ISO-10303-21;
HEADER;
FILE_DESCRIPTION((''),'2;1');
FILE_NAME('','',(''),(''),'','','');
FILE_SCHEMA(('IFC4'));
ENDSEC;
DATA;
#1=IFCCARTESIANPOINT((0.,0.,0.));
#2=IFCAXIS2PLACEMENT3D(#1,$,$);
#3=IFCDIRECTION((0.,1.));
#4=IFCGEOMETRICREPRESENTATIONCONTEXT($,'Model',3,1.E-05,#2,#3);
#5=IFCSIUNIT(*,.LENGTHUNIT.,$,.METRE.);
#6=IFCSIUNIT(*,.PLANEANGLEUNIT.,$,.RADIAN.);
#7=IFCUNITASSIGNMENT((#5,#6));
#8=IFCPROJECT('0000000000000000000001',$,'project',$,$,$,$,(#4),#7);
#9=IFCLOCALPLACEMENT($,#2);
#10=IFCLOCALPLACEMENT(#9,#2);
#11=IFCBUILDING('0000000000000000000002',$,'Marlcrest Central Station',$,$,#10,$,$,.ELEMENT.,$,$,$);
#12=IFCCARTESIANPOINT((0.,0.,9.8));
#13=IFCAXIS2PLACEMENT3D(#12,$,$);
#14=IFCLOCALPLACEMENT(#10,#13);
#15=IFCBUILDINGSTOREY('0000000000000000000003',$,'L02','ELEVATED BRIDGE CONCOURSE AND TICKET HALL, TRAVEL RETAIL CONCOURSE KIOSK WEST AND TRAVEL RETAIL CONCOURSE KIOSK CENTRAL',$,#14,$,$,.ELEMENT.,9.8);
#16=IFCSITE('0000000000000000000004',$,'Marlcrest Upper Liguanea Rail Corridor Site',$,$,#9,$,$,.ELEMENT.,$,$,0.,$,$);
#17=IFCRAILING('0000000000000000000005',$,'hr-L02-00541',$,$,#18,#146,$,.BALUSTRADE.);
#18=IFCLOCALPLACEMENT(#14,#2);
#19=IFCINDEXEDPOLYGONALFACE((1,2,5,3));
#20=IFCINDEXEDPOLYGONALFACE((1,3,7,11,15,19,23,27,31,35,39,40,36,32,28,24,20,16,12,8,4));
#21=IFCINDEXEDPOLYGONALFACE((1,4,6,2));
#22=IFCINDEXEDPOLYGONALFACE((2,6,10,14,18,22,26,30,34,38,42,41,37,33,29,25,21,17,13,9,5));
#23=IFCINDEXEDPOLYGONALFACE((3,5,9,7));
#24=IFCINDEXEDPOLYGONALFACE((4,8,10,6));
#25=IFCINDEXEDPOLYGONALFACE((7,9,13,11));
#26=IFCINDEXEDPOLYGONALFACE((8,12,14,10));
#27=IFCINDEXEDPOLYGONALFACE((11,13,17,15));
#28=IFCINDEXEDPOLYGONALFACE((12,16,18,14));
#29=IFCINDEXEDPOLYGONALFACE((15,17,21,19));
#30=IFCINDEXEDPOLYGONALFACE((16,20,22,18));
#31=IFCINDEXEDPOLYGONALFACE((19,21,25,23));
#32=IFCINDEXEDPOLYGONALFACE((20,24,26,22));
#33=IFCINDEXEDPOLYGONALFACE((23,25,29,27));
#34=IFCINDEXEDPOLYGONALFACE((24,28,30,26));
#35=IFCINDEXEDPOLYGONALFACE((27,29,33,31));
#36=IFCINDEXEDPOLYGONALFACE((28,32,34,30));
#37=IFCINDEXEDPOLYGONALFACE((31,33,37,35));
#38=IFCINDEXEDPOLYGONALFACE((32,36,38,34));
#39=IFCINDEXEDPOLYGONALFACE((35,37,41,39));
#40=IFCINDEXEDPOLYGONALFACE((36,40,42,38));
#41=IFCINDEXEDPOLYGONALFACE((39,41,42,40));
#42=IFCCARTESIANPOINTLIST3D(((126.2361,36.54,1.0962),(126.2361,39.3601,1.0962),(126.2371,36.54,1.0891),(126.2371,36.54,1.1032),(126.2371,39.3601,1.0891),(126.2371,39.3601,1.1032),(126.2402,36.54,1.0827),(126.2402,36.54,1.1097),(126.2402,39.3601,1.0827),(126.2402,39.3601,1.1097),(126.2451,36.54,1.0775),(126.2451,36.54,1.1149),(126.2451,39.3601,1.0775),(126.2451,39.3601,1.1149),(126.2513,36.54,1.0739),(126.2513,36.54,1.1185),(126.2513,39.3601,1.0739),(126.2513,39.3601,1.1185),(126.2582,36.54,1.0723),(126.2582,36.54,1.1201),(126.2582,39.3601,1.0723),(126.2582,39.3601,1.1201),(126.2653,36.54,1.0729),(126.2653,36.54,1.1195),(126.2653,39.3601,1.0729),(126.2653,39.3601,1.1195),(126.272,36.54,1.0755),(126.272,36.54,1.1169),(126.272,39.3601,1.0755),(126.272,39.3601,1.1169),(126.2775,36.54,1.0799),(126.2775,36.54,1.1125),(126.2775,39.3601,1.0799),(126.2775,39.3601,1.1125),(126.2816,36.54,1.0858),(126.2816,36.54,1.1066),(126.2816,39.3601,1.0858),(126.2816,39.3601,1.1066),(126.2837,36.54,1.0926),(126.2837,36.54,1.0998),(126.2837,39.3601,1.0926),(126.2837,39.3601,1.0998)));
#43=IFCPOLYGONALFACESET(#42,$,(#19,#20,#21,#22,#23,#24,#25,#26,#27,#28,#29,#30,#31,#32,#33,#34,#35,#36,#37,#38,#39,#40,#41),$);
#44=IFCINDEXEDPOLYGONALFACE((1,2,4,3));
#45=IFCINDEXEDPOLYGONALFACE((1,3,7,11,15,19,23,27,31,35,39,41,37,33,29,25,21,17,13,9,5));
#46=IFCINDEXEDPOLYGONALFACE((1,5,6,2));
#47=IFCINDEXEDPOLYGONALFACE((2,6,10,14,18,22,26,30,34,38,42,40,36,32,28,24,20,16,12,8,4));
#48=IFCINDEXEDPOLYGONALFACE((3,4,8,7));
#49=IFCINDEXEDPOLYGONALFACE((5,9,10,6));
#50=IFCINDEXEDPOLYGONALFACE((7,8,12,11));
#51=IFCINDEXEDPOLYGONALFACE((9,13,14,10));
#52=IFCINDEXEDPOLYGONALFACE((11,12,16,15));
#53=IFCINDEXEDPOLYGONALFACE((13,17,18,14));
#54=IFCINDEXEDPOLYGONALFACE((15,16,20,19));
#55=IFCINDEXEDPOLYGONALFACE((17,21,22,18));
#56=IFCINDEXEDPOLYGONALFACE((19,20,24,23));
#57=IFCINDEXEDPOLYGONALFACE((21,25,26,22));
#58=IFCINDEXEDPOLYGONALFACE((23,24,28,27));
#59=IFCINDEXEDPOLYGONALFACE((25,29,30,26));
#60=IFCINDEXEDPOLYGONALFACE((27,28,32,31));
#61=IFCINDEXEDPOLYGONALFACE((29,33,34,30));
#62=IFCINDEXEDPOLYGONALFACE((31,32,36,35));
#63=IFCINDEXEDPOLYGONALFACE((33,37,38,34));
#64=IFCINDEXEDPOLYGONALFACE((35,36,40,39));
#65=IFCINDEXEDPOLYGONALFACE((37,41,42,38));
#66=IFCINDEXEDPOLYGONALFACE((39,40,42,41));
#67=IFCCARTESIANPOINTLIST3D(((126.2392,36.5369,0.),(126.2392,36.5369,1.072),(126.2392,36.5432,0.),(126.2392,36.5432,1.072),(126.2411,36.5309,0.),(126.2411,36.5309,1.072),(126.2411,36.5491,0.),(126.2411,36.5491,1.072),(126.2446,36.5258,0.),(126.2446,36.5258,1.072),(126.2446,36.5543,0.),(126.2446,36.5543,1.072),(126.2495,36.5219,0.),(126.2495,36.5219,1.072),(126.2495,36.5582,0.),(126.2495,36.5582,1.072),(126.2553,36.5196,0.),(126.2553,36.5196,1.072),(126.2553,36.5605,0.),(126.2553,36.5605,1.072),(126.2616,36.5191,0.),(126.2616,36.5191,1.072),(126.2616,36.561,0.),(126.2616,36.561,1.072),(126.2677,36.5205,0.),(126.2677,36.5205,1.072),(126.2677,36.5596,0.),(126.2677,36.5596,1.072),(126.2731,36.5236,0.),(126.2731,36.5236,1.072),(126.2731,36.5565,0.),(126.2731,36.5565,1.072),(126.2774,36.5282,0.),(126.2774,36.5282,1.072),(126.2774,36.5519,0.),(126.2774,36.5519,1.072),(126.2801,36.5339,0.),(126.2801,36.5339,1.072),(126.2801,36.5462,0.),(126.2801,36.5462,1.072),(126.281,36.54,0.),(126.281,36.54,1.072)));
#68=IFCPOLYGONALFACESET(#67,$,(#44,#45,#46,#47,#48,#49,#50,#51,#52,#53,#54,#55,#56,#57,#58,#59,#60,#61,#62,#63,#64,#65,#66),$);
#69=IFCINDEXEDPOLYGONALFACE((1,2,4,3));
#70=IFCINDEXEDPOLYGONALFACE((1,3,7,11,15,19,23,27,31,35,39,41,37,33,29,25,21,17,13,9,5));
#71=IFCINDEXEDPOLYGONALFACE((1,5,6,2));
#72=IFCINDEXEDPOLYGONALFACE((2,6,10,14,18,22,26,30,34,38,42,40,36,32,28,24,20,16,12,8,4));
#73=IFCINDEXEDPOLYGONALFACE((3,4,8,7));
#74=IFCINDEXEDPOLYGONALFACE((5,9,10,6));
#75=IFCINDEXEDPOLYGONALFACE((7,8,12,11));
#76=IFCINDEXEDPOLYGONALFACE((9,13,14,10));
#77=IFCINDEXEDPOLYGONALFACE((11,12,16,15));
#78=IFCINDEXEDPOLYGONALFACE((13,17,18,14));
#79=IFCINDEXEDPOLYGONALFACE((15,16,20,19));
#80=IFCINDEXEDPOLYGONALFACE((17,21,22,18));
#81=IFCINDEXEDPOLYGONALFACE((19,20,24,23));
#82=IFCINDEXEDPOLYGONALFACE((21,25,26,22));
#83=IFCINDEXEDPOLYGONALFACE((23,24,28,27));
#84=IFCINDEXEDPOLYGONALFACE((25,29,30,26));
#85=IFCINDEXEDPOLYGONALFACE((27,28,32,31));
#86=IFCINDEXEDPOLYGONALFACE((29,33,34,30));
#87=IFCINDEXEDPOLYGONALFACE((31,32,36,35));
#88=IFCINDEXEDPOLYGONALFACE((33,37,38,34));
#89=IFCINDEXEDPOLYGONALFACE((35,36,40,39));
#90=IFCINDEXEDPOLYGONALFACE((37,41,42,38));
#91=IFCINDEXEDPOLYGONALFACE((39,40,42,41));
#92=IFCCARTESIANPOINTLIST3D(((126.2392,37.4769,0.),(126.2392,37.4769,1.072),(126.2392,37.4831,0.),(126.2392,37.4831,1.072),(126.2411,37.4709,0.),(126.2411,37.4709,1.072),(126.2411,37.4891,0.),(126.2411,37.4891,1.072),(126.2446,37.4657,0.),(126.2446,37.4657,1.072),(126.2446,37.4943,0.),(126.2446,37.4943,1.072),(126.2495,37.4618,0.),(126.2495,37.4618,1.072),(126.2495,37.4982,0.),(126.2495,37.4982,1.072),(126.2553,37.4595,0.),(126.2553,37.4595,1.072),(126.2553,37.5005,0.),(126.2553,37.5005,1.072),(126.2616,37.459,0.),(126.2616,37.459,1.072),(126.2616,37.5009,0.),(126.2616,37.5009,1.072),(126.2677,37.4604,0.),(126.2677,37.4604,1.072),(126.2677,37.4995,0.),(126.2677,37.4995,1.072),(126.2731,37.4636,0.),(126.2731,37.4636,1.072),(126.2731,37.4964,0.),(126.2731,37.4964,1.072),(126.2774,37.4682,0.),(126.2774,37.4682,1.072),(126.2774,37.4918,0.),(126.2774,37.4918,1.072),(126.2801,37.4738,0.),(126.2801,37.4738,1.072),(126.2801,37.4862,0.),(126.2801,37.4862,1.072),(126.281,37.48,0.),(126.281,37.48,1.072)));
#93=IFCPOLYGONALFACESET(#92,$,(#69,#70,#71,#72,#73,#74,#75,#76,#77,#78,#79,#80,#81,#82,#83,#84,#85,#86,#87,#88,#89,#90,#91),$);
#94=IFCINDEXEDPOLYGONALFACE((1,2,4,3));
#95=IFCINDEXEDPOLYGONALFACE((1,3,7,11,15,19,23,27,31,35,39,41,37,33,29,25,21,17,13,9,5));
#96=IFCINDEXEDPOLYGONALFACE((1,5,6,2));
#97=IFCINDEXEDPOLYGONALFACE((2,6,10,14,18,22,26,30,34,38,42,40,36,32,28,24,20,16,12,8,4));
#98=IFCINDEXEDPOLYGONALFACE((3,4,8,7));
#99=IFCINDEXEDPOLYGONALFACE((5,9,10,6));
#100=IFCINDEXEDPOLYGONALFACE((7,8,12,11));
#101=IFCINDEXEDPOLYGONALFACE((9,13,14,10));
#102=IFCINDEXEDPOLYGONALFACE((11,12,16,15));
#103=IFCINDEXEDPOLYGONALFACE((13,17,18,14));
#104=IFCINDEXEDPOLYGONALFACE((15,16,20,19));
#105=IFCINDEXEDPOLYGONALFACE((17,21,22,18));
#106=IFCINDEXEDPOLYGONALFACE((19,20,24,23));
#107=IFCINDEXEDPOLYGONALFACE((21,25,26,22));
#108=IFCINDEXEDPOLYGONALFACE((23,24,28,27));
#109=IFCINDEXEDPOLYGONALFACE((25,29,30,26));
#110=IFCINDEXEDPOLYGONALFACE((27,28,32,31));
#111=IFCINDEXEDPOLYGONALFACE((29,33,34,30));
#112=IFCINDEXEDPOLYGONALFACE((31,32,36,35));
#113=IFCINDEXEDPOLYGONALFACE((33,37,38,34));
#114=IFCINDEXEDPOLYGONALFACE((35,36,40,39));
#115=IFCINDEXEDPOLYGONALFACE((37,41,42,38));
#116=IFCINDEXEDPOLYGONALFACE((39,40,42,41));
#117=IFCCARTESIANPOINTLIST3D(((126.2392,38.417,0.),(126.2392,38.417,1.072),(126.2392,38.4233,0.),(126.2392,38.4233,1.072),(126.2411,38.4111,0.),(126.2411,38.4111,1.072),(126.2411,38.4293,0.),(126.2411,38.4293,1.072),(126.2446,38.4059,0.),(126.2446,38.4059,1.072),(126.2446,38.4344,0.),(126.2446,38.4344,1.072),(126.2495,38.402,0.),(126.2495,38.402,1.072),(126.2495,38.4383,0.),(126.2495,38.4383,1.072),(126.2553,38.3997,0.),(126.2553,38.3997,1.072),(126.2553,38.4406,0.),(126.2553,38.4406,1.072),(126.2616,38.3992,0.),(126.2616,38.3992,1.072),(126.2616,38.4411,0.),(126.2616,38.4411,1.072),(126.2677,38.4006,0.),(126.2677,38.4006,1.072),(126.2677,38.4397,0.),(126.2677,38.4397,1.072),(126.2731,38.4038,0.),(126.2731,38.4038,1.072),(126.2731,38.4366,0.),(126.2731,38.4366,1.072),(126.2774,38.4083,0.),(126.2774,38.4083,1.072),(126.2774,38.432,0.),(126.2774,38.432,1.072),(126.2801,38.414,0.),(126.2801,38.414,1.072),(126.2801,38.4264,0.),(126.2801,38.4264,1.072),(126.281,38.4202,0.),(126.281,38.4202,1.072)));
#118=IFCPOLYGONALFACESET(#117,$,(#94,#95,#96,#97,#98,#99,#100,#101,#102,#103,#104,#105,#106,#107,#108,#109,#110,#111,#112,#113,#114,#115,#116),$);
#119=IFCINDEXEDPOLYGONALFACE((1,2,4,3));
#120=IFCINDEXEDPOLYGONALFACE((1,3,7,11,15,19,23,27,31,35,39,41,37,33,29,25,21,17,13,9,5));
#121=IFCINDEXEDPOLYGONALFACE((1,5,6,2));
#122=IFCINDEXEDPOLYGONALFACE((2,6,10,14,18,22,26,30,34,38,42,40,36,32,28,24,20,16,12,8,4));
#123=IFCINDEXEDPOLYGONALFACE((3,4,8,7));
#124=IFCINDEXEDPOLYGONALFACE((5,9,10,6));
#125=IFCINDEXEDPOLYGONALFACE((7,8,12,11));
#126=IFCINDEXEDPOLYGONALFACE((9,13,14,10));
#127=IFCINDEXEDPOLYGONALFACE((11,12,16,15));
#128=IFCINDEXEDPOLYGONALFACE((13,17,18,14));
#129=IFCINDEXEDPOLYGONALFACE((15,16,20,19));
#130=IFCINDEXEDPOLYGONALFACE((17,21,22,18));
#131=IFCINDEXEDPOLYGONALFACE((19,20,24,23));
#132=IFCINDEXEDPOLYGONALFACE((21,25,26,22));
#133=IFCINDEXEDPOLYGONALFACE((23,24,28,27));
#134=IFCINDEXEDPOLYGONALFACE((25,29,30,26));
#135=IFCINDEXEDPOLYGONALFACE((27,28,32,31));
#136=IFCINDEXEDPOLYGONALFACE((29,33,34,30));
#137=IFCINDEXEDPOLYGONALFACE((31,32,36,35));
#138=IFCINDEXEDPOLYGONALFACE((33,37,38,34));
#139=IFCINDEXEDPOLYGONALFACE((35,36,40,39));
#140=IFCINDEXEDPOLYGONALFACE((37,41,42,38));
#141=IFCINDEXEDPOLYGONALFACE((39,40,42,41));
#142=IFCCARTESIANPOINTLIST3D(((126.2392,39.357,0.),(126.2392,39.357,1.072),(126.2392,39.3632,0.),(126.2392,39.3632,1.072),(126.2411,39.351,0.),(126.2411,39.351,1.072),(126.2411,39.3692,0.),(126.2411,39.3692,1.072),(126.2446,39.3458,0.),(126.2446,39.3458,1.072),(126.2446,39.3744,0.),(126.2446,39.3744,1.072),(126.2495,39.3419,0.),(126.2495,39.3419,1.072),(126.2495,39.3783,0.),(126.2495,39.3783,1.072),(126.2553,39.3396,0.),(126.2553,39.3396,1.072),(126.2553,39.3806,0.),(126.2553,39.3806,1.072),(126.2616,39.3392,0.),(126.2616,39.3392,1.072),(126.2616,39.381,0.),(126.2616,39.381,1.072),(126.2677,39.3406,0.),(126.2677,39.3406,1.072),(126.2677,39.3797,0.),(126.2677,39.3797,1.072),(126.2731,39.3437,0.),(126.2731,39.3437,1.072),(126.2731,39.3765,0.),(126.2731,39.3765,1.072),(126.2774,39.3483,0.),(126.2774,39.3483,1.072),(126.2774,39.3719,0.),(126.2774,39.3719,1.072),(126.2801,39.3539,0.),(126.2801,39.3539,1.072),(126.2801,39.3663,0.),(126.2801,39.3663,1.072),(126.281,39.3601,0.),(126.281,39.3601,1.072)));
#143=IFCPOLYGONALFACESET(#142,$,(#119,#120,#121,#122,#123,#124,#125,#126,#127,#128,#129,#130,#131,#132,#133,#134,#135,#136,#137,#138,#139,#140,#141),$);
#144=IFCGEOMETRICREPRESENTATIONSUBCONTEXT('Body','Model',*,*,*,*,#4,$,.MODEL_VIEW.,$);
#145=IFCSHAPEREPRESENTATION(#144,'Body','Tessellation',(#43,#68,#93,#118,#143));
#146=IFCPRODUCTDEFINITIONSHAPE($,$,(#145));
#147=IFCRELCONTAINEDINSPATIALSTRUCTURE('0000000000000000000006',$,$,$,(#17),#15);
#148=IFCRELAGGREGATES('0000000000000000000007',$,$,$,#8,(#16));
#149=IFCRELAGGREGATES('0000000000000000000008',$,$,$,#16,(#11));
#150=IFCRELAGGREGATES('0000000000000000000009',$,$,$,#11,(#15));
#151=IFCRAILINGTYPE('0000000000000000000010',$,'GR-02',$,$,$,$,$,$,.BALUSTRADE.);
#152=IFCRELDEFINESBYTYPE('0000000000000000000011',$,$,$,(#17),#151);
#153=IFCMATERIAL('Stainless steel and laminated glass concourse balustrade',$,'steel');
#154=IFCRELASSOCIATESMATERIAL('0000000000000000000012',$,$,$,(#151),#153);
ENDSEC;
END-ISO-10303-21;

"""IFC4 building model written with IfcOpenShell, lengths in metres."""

from ifc_helpers import new_model, si_unit, direction, frame, origin, origin_2d, place, context, subcontext, project, spatial, circle, extrude, material, type_object, element, save


model = new_model("IFC4")

# Units and contexts
model_context = context("Model", 3, precision=1e-05, world=origin(), true_north=direction((0.0, 1.0)))
body_context = subcontext(model_context, "Body", "Model", "MODEL_VIEW")
ifc_project = project(units=[si_unit("LENGTHUNIT", "METRE"), si_unit("PLANEANGLEUNIT", "RADIAN")], contexts=[model_context])

# Site, building, storey
site_placement = place(None, origin())
site = spatial("IfcSite", under=ifc_project, at=site_placement, Name="Marlcrest Upper Liguanea Rail Corridor Site", CompositionType="ELEMENT", RefElevation=0.0)
building_placement = place(site_placement, origin())
building = spatial("IfcBuilding", under=site, at=building_placement, Name="Marlcrest Central Station", CompositionType="ELEMENT")
storey_placement = place(building_placement, frame((0.0, 0.0, 9.8)))
storey = spatial("IfcBuildingStorey", under=building, at=storey_placement, Name="L02", Description="ELEVATED BRIDGE CONCOURSE AND TICKET HALL, TRAVEL RETAIL CONCOURSE KIOSK WEST AND TRAVEL RETAIL CONCOURSE KIOSK CENTRAL", CompositionType="ELEMENT", Elevation=9.8)

# Railing
ifc_material_1 = material(Name="Stainless steel and laminated glass concourse balustrade", Category="steel")
railing_type = type_object("IfcRailingType", Name="GR-02", PredefinedType="BALUSTRADE", material=ifc_material_1)
railing_1_placement = place(storey_placement, frame((126.26, 36.54, 0.0)))
element("IfcRailing", 1, at=railing_1_placement, inside=storey, type_object=railing_type, Name="hr-L02-00541", PredefinedType="BALUSTRADE", context=body_context, shape_type="SweptSolid", body=[
    extrude(circle(Radius=0.0239, at=origin_2d()), frame((0.0, 0.0, 1.0962), z_axis=(0.0, 1.0, 0.0), x_axis=(-1.0, 0.0, 0.0)), (0.0, 0.0, 1.0), 2.8201),
    extrude(circle(Radius=0.021, at=origin_2d()), origin(), (0.0, 0.0, 1.0), 1.072),
    extrude(circle(Radius=0.021, at=origin_2d()), frame((0.0, 0.9399, 0.0)), (0.0, 0.0, 1.0), 1.072),
    extrude(circle(Radius=0.021, at=origin_2d()), frame((0.0, 1.8801, 0.0)), (0.0, 0.0, 1.0), 1.072),
    extrude(circle(Radius=0.021, at=origin_2d()), frame((0.0, 2.8201, 0.0)), (0.0, 0.0, 1.0), 1.072),
])

save(model, "model.ifc")
